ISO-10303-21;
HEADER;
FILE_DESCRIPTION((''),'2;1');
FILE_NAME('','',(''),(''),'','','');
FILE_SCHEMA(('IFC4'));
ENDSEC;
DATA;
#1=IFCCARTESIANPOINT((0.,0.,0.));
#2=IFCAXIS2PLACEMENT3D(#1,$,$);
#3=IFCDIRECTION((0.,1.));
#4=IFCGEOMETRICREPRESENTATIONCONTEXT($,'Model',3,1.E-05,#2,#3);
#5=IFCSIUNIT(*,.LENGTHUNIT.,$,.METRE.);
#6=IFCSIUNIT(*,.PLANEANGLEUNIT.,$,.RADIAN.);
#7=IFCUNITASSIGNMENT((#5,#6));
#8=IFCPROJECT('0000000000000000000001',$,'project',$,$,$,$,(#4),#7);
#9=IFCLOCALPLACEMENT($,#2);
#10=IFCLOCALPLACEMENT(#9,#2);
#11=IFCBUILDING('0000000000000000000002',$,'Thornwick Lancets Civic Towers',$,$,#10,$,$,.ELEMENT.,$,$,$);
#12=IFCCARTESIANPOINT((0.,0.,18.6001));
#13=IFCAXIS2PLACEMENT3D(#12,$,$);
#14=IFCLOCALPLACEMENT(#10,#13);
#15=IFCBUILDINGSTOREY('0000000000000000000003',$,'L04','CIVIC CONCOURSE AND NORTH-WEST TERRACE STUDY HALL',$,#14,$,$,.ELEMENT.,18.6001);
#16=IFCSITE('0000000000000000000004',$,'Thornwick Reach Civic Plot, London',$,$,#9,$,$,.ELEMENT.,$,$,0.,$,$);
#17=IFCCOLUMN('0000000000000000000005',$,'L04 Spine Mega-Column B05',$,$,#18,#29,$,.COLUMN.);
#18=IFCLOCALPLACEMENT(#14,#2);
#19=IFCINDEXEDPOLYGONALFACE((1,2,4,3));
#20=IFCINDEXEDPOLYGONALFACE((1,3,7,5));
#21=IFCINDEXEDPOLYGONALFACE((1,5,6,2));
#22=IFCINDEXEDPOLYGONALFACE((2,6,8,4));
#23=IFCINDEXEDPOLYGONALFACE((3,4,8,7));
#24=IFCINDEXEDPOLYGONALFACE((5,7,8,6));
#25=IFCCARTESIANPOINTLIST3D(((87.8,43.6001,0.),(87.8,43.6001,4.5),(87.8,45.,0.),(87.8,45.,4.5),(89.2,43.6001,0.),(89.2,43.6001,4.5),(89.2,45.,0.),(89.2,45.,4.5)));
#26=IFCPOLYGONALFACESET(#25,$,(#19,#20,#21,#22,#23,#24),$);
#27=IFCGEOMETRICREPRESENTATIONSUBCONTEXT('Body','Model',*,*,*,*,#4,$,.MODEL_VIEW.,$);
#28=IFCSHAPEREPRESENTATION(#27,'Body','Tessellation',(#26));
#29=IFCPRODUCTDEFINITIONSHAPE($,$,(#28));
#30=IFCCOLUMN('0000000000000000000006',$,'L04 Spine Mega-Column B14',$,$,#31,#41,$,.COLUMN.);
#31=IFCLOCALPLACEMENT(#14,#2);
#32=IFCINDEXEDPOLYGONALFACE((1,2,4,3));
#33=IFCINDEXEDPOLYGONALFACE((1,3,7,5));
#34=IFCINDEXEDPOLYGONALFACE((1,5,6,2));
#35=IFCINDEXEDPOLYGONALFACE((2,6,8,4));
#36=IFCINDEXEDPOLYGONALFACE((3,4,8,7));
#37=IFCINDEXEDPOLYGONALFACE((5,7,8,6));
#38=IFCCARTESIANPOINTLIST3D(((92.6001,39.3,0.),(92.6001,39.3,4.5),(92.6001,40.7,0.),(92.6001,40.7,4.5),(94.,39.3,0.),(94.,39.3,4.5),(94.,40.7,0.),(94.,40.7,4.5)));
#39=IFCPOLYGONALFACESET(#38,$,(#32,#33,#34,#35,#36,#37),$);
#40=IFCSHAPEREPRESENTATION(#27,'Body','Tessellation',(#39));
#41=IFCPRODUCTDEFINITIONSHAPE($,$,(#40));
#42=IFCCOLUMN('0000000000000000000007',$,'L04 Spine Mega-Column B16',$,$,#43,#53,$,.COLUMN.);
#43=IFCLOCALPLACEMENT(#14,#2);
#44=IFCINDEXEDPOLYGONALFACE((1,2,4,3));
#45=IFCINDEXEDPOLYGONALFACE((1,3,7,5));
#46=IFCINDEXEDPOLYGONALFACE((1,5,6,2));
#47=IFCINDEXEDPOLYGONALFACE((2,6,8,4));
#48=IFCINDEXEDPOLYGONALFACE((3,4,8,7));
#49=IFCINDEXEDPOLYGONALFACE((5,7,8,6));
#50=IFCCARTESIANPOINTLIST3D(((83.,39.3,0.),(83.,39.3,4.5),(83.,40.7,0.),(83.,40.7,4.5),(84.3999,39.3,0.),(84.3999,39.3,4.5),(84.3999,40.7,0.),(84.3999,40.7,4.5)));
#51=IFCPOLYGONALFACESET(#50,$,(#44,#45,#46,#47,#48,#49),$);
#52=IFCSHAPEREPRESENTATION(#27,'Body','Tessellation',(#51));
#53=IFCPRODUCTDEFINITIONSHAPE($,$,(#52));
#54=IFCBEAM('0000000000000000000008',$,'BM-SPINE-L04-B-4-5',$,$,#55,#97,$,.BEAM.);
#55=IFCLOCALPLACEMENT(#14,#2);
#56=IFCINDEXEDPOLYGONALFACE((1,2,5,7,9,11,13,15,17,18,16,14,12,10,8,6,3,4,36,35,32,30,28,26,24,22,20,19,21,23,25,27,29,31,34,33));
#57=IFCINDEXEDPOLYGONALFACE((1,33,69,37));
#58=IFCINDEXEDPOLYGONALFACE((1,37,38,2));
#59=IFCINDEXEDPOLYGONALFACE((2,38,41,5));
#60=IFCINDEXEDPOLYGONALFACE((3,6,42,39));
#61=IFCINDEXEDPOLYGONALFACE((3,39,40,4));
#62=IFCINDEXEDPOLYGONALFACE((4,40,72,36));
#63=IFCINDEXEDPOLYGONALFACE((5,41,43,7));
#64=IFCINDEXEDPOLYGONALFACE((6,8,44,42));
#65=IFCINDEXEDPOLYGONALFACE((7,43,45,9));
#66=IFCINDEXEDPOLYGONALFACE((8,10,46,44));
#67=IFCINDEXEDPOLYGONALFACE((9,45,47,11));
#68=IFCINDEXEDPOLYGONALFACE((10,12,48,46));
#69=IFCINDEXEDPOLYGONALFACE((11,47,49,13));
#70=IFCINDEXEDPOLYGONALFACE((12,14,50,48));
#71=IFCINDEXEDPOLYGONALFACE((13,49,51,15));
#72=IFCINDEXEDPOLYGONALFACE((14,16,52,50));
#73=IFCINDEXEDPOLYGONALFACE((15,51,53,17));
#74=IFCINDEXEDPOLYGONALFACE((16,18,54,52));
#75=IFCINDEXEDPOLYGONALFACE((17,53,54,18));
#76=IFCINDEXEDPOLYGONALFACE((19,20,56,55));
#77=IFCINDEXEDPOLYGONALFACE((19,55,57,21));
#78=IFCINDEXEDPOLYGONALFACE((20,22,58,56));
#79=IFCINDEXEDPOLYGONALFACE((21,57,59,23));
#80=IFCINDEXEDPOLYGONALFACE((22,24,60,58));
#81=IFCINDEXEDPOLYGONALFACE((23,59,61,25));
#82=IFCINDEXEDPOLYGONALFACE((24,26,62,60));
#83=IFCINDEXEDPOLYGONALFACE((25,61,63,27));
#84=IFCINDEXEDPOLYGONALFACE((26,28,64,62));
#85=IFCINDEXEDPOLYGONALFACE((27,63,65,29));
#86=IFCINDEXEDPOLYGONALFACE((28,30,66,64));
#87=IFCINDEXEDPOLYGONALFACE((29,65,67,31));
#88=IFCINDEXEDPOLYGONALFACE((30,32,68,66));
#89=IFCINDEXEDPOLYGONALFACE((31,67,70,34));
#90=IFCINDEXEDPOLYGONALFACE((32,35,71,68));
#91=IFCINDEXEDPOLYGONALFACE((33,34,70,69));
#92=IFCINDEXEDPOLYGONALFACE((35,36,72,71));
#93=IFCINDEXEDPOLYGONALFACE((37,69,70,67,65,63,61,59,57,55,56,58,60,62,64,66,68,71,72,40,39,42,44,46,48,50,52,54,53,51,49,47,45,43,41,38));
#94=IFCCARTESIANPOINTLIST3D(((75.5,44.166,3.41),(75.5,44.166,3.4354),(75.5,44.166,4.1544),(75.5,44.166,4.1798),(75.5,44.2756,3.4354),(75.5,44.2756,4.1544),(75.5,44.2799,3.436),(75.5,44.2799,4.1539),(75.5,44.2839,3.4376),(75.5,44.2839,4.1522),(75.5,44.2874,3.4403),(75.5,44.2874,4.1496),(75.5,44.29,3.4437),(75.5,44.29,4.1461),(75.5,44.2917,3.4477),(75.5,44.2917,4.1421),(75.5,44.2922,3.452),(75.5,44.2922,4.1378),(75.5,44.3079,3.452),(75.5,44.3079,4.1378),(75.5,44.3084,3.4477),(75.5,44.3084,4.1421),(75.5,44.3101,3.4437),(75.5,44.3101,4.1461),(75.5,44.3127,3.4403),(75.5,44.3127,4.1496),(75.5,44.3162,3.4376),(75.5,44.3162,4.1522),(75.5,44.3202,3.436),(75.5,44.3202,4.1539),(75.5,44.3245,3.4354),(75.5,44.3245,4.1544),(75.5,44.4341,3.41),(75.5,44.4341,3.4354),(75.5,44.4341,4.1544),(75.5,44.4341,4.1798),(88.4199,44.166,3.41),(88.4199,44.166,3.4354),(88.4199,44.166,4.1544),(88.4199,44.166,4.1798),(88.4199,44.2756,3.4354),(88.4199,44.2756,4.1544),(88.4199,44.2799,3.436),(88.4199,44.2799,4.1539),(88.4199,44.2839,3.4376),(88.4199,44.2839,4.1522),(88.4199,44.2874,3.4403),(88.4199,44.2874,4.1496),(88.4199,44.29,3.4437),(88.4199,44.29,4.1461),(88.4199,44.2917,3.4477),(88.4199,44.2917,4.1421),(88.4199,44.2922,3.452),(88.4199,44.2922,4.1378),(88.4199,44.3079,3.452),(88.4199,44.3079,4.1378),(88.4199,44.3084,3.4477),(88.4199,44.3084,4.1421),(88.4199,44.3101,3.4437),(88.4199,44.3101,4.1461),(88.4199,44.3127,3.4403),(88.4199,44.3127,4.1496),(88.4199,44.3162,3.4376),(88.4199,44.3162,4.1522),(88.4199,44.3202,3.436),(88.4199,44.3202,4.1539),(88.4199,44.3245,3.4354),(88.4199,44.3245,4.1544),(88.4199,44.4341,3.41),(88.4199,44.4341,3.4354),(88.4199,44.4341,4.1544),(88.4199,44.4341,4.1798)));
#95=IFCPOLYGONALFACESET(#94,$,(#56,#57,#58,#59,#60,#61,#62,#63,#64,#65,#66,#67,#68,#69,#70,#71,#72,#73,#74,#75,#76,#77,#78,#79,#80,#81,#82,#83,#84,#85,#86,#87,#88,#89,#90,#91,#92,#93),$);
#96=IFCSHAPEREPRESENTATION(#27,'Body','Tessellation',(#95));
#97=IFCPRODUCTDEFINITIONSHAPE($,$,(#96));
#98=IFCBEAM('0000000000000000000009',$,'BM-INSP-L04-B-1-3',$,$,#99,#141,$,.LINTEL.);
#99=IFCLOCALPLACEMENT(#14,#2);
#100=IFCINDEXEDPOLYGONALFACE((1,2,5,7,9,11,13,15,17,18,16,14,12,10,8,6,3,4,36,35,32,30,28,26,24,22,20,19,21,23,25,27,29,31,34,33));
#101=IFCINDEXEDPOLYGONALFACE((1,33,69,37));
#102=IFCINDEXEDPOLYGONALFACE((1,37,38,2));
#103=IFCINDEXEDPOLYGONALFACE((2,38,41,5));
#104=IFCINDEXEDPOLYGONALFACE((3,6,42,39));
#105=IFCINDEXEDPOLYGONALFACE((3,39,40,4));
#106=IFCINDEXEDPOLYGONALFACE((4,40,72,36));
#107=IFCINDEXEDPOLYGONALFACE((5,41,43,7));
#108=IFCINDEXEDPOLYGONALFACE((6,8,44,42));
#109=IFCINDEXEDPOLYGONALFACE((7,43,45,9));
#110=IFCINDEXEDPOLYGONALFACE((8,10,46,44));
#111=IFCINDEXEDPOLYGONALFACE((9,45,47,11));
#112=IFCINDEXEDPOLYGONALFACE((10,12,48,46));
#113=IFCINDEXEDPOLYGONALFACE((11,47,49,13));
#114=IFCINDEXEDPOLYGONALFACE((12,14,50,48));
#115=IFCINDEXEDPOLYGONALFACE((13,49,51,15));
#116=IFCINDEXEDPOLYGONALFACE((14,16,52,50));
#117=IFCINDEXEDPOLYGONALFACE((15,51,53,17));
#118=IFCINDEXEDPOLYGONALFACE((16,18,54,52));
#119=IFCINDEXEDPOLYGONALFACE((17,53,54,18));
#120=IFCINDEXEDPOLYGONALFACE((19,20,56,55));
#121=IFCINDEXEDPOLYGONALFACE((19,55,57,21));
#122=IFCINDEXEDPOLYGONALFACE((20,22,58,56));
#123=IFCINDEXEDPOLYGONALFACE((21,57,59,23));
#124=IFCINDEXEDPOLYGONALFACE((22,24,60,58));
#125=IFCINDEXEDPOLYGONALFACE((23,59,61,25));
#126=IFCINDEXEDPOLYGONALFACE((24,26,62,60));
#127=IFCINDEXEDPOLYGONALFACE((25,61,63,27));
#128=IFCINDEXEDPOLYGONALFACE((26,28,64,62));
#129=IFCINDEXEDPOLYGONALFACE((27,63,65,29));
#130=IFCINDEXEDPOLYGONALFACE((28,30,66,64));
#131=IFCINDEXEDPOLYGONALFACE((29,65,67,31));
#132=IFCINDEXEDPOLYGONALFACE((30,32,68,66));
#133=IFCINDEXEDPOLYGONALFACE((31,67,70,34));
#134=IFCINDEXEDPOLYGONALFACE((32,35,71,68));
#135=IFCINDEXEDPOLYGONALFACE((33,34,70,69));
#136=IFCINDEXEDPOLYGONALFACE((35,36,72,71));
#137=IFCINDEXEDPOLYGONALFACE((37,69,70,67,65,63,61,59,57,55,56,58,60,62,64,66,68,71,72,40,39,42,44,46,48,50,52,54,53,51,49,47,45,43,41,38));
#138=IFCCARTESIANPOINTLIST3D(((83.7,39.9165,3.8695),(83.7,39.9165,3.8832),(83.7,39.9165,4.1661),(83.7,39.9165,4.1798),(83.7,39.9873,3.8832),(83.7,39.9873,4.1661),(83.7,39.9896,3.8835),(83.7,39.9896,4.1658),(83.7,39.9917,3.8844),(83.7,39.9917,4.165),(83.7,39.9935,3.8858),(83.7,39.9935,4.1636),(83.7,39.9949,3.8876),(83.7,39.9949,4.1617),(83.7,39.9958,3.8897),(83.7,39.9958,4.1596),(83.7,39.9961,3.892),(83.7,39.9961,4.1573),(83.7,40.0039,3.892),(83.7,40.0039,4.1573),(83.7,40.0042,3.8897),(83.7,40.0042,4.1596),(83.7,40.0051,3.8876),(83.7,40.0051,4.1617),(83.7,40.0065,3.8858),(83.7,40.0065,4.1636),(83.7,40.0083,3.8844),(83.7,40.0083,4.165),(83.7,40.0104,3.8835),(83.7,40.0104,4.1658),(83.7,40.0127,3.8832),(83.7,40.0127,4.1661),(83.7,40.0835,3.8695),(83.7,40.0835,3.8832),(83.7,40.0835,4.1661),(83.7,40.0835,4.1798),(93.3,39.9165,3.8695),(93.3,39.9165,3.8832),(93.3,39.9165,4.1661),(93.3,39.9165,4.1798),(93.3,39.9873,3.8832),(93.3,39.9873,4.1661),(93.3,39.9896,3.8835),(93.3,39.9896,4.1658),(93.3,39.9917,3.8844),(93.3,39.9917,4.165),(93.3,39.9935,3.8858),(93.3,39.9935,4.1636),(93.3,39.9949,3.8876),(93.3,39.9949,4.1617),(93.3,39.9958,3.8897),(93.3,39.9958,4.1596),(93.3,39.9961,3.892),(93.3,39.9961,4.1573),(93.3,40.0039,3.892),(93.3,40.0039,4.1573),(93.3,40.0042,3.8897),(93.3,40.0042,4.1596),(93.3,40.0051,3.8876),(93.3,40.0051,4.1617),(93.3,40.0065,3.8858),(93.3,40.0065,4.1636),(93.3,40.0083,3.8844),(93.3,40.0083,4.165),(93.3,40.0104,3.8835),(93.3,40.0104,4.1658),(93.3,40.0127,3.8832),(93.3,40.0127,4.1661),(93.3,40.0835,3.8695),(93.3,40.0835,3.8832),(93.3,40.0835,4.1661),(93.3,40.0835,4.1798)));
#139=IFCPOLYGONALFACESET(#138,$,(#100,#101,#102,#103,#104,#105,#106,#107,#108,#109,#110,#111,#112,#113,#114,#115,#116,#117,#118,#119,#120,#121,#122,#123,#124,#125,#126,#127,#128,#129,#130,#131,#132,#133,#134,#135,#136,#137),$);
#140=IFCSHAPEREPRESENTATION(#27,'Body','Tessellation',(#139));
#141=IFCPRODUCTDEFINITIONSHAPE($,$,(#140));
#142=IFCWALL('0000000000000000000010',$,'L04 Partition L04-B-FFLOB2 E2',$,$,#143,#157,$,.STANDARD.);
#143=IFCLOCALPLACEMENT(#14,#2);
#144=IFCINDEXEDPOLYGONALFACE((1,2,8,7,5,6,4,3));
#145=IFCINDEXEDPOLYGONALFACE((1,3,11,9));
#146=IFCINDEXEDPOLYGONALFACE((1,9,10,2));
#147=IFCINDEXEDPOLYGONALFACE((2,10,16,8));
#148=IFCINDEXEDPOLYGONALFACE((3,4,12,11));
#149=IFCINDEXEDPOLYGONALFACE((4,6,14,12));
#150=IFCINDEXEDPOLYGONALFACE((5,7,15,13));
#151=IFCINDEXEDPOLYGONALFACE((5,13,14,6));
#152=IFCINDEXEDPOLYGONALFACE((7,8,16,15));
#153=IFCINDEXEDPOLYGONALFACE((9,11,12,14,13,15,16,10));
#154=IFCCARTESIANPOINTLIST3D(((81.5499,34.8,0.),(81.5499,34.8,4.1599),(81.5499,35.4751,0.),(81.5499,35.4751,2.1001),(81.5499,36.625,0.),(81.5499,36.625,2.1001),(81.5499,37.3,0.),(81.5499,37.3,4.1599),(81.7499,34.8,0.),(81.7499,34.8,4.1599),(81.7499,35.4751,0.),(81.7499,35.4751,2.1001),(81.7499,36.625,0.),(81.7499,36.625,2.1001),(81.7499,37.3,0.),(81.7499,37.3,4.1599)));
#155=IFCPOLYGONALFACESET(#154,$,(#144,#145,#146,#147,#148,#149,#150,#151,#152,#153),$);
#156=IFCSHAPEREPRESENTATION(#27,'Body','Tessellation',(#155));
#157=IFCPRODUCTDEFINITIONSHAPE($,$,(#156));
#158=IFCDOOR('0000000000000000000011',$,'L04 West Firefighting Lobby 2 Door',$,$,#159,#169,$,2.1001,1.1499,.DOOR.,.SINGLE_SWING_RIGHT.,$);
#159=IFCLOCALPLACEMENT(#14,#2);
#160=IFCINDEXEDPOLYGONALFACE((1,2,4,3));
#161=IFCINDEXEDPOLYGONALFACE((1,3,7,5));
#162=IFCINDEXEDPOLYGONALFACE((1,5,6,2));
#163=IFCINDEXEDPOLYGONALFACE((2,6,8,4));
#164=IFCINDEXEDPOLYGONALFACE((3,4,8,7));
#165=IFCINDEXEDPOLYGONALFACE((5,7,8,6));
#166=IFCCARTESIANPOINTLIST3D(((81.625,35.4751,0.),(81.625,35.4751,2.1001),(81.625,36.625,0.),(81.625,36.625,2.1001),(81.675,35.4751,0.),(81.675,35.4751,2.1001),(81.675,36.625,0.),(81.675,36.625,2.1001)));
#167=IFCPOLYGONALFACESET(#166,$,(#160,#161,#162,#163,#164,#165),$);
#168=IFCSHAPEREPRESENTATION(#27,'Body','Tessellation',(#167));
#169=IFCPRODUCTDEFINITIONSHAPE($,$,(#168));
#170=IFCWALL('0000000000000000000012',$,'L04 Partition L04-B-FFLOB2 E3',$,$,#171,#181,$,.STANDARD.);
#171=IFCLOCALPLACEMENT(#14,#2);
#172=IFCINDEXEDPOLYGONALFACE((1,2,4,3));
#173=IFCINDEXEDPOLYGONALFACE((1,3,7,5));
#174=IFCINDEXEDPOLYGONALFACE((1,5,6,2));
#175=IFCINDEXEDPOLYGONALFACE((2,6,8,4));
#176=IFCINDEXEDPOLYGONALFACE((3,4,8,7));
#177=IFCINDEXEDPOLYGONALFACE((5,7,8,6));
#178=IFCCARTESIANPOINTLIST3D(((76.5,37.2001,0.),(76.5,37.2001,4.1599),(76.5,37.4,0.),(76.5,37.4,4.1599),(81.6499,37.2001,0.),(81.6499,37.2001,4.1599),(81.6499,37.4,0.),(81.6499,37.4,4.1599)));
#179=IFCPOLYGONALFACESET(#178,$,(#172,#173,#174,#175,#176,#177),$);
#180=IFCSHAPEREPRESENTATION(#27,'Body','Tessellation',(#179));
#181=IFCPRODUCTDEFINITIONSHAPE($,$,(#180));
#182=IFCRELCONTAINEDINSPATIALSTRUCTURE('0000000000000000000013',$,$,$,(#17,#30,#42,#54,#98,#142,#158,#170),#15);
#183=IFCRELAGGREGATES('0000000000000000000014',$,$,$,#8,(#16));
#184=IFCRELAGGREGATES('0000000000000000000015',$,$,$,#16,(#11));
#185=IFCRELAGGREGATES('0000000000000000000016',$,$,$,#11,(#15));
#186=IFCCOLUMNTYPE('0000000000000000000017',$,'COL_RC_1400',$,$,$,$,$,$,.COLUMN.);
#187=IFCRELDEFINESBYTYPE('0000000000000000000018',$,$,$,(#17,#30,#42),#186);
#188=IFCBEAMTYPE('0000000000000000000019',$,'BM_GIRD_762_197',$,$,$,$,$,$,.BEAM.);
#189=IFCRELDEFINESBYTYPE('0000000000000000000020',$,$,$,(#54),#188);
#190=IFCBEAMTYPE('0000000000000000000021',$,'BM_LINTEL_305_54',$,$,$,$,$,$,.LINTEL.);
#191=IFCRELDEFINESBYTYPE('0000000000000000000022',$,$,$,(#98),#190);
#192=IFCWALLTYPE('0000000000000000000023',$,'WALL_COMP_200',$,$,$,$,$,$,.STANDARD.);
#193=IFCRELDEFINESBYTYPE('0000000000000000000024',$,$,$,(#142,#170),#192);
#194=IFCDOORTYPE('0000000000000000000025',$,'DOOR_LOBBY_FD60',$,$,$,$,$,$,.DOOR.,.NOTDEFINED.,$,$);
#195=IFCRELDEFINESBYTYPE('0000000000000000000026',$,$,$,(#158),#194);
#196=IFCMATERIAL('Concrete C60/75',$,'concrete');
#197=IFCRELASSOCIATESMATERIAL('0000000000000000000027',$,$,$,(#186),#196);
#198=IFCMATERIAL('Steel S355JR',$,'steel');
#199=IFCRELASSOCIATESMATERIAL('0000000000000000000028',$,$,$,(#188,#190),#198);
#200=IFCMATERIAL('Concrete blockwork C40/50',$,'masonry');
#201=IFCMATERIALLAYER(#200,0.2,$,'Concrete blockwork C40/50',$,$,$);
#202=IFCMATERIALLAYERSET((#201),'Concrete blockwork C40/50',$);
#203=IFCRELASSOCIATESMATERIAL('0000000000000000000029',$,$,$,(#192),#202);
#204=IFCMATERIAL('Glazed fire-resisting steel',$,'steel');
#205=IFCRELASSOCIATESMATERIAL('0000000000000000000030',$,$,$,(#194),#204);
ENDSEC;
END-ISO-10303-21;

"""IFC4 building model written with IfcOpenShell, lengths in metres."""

from ifc_helpers import new_model, si_unit, direction, frame, frame_2d, origin, origin_2d, place, context, subcontext, project, spatial, rectangle, i_section, extrude, material, layer, layer_set, material_profile, profile_set, type_object, element, fill, save


model = new_model("IFC4")

# Units and contexts
model_context = context("Model", 3, precision=1e-05, world=origin(), true_north=direction((0.0, 1.0)))
body_context = subcontext(model_context, "Body", "Model", "MODEL_VIEW")
ifc_project = project(units=[si_unit("LENGTHUNIT", "METRE"), si_unit("PLANEANGLEUNIT", "RADIAN")], contexts=[model_context])

# Site, building, storey
site_placement = place(None, origin())
site = spatial("IfcSite", under=ifc_project, at=site_placement, Name="Thornwick Reach Civic Plot, London", CompositionType="ELEMENT", RefElevation=0.0)
building_placement = place(site_placement, origin())
building = spatial("IfcBuilding", under=site, at=building_placement, Name="Thornwick Lancets Civic Towers", CompositionType="ELEMENT")
storey_placement = place(building_placement, frame((0.0, 0.0, 18.6001)))
storey = spatial("IfcBuildingStorey", under=building, at=storey_placement, Name="L04", Description="CIVIC CONCOURSE AND NORTH-WEST TERRACE STUDY HALL", CompositionType="ELEMENT", Elevation=18.6001)

# Columns
ifc_material_1 = material(Name="Concrete C60/75", Category="concrete")
ifc_material_profile_1 = material_profile(ifc_material_1, rectangle(XDim=1.3999, YDim=1.3999, at=origin_2d()), Name="RC 1400x1400")
ifc_profile_set_1 = profile_set([ifc_material_profile_1], Name="Concrete C60/75")
column_type = type_object("IfcColumnType", Name="COL_RC_1400", PredefinedType="COLUMN", material=ifc_profile_set_1)
for number, where, z_axis, x_axis, name in (
    (1, (88.5, 44.3, 0.0), (0.0, 0.0, 1.0), (1.0, 0.0, 0.0), "L04 Spine Mega-Column B05"),
    (2, (93.3, 40.0, 0.0), (0.0, 0.0, 1.0), (1.0, 0.0, 0.0), "L04 Spine Mega-Column B14"),
    (3, (83.7, 40.0, 0.0), (0.0, 0.0, 1.0), (1.0, 0.0, 0.0), "L04 Spine Mega-Column B16"),
):
    element("IfcColumn", number, at=place(storey_placement, frame(where, z_axis=z_axis, x_axis=x_axis)), inside=storey, type_object=column_type, Name=name, PredefinedType="COLUMN", context=body_context, shape_type="SweptSolid", body=[
        extrude(rectangle(XDim=1.3999, YDim=1.3999, at=origin_2d()), origin(), (0.0, 0.0, 1.0), 4.5),
    ])

# Beams
ifc_material_2 = material(Name="Steel S355JR", Category="steel")
ifc_material_profile_2 = material_profile(ifc_material_2, i_section(OverallWidth=0.2681, OverallDepth=0.7698, WebThickness=0.0156, FlangeThickness=0.0254, FilletRadius=0.0166, at=origin_2d()), Name="UKB 762x267x197")
ifc_profile_set_2 = profile_set([ifc_material_profile_2], Name="Steel S355JR")
beam_type_1 = type_object("IfcBeamType", Name="BM_GIRD_762_197", PredefinedType="BEAM", material=ifc_profile_set_2)
beam_1_placement = place(storey_placement, frame((88.4199, 44.3, 3.7949), z_axis=(-1.0, 0.0, 0.0), x_axis=(0.0, -1.0, 0.0)))
element("IfcBeam", 4, at=beam_1_placement, inside=storey, type_object=beam_type_1, Name="BM-SPINE-L04-B-4-5", PredefinedType="BEAM", context=body_context, shape_type="SweptSolid", body=[
    extrude(i_section(OverallWidth=0.2681, OverallDepth=0.7698, WebThickness=0.0156, FlangeThickness=0.0254, FilletRadius=0.0166, at=origin_2d()), origin(), (0.0, 0.0, 1.0), 12.9199),
])
ifc_material_profile_3 = material_profile(ifc_material_2, i_section(OverallWidth=0.167, OverallDepth=0.3103, WebThickness=0.0078, FlangeThickness=0.0137, FilletRadius=0.0088, at=origin_2d()), Name="UKB 305x165x54")
ifc_profile_set_3 = profile_set([ifc_material_profile_3], Name="Steel S355JR")
beam_type_2 = type_object("IfcBeamType", Name="BM_LINTEL_305_54", PredefinedType="LINTEL", material=ifc_profile_set_3)
beam_2_placement = place(storey_placement, frame((93.3, 40.0, 4.0247), z_axis=(-1.0, 0.0, 0.0), x_axis=(0.0, -1.0, 0.0)))
element("IfcBeam", 5, at=beam_2_placement, inside=storey, type_object=beam_type_2, Name="BM-INSP-L04-B-1-3", PredefinedType="LINTEL", context=body_context, shape_type="SweptSolid", body=[
    extrude(i_section(OverallWidth=0.167, OverallDepth=0.3103, WebThickness=0.0078, FlangeThickness=0.0137, FilletRadius=0.0088, at=origin_2d()), origin(), (0.0, 0.0, 1.0), 9.6001),
])

# Wall, opening, door
ifc_material_3 = material(Name="Concrete blockwork C40/50", Category="masonry")
ifc_layer_1 = layer(ifc_material_3, 0.2, Name="Concrete blockwork C40/50")
ifc_layer_set_1 = layer_set([ifc_layer_1], Name="Concrete blockwork C40/50")
wall_type_1 = type_object("IfcWallType", Name="WALL_COMP_200", PredefinedType="STANDARD", material=ifc_layer_set_1)
wall_1_placement = place(storey_placement, frame((81.6499, 34.8, 0.0), z_axis=(0.0, 0.0, 1.0), x_axis=(0.0, 1.0, 0.0)))
wall_1 = element("IfcWall", 6, at=wall_1_placement, inside=storey, type_object=wall_type_1, Name="L04 Partition L04-B-FFLOB2 E2", PredefinedType="STANDARD", context=body_context, shape_type="SweptSolid", body=[
    extrude(rectangle(XDim=2.5, YDim=0.2, at=frame_2d((1.25, 0.0))), origin(), (0.0, 0.0, 1.0), 4.1599),
])
opening_1_placement = place(wall_1_placement, frame((0.675, 0.0, 0.0)))
opening_1 = element("IfcOpeningElement", 7, at=opening_1_placement, cuts=wall_1, PredefinedType="OPENING", context=body_context, shape_type="SweptSolid", body=[
    extrude(rectangle(XDim=1.1499, YDim=2.1001, at=frame_2d((0.575, 1.05))), frame((0.0, 0.1099, 0.0), z_axis=(0.0, -1.0, 0.0), x_axis=(1.0, 0.0, 0.0)), (0.0, 0.0, 1.0), 0.22),
])
ifc_material_4 = material(Name="Glazed fire-resisting steel", Category="steel")
door_type_1 = type_object("IfcDoorType", Name="DOOR_LOBBY_FD60", OperationType="NOTDEFINED", PredefinedType="DOOR", material=ifc_material_4)
door_1_placement = place(opening_1_placement, origin())
door_1 = element("IfcDoor", 8, at=door_1_placement, inside=storey, type_object=door_type_1, Name="L04 West Firefighting Lobby 2 Door", OperationType="SINGLE_SWING_RIGHT", OverallHeight=2.1001, OverallWidth=1.1499, PredefinedType="DOOR", context=body_context, shape_type="SweptSolid", body=[
    extrude(rectangle(XDim=1.1499, YDim=2.1001, at=frame_2d((0.575, 1.05))), frame((0.0, 0.0249, 0.0), z_axis=(0.0, -1.0, 0.0), x_axis=(1.0, 0.0, 0.0)), (0.0, 0.0, 1.0), 0.05),
])
fill(opening_1, door_1)

# Wall
wall_2_placement = place(storey_placement, frame((81.6499, 37.3, 0.0), z_axis=(0.0, 0.0, 1.0), x_axis=(-1.0, 0.0, 0.0)))
element("IfcWall", 9, at=wall_2_placement, inside=storey, type_object=wall_type_1, Name="L04 Partition L04-B-FFLOB2 E3", PredefinedType="STANDARD", context=body_context, shape_type="SweptSolid", body=[
    extrude(rectangle(XDim=5.1499, YDim=0.2, at=frame_2d((2.575, 0.0))), origin(), (0.0, 0.0, 1.0), 4.1599),
])

save(model, "model.ifc")
